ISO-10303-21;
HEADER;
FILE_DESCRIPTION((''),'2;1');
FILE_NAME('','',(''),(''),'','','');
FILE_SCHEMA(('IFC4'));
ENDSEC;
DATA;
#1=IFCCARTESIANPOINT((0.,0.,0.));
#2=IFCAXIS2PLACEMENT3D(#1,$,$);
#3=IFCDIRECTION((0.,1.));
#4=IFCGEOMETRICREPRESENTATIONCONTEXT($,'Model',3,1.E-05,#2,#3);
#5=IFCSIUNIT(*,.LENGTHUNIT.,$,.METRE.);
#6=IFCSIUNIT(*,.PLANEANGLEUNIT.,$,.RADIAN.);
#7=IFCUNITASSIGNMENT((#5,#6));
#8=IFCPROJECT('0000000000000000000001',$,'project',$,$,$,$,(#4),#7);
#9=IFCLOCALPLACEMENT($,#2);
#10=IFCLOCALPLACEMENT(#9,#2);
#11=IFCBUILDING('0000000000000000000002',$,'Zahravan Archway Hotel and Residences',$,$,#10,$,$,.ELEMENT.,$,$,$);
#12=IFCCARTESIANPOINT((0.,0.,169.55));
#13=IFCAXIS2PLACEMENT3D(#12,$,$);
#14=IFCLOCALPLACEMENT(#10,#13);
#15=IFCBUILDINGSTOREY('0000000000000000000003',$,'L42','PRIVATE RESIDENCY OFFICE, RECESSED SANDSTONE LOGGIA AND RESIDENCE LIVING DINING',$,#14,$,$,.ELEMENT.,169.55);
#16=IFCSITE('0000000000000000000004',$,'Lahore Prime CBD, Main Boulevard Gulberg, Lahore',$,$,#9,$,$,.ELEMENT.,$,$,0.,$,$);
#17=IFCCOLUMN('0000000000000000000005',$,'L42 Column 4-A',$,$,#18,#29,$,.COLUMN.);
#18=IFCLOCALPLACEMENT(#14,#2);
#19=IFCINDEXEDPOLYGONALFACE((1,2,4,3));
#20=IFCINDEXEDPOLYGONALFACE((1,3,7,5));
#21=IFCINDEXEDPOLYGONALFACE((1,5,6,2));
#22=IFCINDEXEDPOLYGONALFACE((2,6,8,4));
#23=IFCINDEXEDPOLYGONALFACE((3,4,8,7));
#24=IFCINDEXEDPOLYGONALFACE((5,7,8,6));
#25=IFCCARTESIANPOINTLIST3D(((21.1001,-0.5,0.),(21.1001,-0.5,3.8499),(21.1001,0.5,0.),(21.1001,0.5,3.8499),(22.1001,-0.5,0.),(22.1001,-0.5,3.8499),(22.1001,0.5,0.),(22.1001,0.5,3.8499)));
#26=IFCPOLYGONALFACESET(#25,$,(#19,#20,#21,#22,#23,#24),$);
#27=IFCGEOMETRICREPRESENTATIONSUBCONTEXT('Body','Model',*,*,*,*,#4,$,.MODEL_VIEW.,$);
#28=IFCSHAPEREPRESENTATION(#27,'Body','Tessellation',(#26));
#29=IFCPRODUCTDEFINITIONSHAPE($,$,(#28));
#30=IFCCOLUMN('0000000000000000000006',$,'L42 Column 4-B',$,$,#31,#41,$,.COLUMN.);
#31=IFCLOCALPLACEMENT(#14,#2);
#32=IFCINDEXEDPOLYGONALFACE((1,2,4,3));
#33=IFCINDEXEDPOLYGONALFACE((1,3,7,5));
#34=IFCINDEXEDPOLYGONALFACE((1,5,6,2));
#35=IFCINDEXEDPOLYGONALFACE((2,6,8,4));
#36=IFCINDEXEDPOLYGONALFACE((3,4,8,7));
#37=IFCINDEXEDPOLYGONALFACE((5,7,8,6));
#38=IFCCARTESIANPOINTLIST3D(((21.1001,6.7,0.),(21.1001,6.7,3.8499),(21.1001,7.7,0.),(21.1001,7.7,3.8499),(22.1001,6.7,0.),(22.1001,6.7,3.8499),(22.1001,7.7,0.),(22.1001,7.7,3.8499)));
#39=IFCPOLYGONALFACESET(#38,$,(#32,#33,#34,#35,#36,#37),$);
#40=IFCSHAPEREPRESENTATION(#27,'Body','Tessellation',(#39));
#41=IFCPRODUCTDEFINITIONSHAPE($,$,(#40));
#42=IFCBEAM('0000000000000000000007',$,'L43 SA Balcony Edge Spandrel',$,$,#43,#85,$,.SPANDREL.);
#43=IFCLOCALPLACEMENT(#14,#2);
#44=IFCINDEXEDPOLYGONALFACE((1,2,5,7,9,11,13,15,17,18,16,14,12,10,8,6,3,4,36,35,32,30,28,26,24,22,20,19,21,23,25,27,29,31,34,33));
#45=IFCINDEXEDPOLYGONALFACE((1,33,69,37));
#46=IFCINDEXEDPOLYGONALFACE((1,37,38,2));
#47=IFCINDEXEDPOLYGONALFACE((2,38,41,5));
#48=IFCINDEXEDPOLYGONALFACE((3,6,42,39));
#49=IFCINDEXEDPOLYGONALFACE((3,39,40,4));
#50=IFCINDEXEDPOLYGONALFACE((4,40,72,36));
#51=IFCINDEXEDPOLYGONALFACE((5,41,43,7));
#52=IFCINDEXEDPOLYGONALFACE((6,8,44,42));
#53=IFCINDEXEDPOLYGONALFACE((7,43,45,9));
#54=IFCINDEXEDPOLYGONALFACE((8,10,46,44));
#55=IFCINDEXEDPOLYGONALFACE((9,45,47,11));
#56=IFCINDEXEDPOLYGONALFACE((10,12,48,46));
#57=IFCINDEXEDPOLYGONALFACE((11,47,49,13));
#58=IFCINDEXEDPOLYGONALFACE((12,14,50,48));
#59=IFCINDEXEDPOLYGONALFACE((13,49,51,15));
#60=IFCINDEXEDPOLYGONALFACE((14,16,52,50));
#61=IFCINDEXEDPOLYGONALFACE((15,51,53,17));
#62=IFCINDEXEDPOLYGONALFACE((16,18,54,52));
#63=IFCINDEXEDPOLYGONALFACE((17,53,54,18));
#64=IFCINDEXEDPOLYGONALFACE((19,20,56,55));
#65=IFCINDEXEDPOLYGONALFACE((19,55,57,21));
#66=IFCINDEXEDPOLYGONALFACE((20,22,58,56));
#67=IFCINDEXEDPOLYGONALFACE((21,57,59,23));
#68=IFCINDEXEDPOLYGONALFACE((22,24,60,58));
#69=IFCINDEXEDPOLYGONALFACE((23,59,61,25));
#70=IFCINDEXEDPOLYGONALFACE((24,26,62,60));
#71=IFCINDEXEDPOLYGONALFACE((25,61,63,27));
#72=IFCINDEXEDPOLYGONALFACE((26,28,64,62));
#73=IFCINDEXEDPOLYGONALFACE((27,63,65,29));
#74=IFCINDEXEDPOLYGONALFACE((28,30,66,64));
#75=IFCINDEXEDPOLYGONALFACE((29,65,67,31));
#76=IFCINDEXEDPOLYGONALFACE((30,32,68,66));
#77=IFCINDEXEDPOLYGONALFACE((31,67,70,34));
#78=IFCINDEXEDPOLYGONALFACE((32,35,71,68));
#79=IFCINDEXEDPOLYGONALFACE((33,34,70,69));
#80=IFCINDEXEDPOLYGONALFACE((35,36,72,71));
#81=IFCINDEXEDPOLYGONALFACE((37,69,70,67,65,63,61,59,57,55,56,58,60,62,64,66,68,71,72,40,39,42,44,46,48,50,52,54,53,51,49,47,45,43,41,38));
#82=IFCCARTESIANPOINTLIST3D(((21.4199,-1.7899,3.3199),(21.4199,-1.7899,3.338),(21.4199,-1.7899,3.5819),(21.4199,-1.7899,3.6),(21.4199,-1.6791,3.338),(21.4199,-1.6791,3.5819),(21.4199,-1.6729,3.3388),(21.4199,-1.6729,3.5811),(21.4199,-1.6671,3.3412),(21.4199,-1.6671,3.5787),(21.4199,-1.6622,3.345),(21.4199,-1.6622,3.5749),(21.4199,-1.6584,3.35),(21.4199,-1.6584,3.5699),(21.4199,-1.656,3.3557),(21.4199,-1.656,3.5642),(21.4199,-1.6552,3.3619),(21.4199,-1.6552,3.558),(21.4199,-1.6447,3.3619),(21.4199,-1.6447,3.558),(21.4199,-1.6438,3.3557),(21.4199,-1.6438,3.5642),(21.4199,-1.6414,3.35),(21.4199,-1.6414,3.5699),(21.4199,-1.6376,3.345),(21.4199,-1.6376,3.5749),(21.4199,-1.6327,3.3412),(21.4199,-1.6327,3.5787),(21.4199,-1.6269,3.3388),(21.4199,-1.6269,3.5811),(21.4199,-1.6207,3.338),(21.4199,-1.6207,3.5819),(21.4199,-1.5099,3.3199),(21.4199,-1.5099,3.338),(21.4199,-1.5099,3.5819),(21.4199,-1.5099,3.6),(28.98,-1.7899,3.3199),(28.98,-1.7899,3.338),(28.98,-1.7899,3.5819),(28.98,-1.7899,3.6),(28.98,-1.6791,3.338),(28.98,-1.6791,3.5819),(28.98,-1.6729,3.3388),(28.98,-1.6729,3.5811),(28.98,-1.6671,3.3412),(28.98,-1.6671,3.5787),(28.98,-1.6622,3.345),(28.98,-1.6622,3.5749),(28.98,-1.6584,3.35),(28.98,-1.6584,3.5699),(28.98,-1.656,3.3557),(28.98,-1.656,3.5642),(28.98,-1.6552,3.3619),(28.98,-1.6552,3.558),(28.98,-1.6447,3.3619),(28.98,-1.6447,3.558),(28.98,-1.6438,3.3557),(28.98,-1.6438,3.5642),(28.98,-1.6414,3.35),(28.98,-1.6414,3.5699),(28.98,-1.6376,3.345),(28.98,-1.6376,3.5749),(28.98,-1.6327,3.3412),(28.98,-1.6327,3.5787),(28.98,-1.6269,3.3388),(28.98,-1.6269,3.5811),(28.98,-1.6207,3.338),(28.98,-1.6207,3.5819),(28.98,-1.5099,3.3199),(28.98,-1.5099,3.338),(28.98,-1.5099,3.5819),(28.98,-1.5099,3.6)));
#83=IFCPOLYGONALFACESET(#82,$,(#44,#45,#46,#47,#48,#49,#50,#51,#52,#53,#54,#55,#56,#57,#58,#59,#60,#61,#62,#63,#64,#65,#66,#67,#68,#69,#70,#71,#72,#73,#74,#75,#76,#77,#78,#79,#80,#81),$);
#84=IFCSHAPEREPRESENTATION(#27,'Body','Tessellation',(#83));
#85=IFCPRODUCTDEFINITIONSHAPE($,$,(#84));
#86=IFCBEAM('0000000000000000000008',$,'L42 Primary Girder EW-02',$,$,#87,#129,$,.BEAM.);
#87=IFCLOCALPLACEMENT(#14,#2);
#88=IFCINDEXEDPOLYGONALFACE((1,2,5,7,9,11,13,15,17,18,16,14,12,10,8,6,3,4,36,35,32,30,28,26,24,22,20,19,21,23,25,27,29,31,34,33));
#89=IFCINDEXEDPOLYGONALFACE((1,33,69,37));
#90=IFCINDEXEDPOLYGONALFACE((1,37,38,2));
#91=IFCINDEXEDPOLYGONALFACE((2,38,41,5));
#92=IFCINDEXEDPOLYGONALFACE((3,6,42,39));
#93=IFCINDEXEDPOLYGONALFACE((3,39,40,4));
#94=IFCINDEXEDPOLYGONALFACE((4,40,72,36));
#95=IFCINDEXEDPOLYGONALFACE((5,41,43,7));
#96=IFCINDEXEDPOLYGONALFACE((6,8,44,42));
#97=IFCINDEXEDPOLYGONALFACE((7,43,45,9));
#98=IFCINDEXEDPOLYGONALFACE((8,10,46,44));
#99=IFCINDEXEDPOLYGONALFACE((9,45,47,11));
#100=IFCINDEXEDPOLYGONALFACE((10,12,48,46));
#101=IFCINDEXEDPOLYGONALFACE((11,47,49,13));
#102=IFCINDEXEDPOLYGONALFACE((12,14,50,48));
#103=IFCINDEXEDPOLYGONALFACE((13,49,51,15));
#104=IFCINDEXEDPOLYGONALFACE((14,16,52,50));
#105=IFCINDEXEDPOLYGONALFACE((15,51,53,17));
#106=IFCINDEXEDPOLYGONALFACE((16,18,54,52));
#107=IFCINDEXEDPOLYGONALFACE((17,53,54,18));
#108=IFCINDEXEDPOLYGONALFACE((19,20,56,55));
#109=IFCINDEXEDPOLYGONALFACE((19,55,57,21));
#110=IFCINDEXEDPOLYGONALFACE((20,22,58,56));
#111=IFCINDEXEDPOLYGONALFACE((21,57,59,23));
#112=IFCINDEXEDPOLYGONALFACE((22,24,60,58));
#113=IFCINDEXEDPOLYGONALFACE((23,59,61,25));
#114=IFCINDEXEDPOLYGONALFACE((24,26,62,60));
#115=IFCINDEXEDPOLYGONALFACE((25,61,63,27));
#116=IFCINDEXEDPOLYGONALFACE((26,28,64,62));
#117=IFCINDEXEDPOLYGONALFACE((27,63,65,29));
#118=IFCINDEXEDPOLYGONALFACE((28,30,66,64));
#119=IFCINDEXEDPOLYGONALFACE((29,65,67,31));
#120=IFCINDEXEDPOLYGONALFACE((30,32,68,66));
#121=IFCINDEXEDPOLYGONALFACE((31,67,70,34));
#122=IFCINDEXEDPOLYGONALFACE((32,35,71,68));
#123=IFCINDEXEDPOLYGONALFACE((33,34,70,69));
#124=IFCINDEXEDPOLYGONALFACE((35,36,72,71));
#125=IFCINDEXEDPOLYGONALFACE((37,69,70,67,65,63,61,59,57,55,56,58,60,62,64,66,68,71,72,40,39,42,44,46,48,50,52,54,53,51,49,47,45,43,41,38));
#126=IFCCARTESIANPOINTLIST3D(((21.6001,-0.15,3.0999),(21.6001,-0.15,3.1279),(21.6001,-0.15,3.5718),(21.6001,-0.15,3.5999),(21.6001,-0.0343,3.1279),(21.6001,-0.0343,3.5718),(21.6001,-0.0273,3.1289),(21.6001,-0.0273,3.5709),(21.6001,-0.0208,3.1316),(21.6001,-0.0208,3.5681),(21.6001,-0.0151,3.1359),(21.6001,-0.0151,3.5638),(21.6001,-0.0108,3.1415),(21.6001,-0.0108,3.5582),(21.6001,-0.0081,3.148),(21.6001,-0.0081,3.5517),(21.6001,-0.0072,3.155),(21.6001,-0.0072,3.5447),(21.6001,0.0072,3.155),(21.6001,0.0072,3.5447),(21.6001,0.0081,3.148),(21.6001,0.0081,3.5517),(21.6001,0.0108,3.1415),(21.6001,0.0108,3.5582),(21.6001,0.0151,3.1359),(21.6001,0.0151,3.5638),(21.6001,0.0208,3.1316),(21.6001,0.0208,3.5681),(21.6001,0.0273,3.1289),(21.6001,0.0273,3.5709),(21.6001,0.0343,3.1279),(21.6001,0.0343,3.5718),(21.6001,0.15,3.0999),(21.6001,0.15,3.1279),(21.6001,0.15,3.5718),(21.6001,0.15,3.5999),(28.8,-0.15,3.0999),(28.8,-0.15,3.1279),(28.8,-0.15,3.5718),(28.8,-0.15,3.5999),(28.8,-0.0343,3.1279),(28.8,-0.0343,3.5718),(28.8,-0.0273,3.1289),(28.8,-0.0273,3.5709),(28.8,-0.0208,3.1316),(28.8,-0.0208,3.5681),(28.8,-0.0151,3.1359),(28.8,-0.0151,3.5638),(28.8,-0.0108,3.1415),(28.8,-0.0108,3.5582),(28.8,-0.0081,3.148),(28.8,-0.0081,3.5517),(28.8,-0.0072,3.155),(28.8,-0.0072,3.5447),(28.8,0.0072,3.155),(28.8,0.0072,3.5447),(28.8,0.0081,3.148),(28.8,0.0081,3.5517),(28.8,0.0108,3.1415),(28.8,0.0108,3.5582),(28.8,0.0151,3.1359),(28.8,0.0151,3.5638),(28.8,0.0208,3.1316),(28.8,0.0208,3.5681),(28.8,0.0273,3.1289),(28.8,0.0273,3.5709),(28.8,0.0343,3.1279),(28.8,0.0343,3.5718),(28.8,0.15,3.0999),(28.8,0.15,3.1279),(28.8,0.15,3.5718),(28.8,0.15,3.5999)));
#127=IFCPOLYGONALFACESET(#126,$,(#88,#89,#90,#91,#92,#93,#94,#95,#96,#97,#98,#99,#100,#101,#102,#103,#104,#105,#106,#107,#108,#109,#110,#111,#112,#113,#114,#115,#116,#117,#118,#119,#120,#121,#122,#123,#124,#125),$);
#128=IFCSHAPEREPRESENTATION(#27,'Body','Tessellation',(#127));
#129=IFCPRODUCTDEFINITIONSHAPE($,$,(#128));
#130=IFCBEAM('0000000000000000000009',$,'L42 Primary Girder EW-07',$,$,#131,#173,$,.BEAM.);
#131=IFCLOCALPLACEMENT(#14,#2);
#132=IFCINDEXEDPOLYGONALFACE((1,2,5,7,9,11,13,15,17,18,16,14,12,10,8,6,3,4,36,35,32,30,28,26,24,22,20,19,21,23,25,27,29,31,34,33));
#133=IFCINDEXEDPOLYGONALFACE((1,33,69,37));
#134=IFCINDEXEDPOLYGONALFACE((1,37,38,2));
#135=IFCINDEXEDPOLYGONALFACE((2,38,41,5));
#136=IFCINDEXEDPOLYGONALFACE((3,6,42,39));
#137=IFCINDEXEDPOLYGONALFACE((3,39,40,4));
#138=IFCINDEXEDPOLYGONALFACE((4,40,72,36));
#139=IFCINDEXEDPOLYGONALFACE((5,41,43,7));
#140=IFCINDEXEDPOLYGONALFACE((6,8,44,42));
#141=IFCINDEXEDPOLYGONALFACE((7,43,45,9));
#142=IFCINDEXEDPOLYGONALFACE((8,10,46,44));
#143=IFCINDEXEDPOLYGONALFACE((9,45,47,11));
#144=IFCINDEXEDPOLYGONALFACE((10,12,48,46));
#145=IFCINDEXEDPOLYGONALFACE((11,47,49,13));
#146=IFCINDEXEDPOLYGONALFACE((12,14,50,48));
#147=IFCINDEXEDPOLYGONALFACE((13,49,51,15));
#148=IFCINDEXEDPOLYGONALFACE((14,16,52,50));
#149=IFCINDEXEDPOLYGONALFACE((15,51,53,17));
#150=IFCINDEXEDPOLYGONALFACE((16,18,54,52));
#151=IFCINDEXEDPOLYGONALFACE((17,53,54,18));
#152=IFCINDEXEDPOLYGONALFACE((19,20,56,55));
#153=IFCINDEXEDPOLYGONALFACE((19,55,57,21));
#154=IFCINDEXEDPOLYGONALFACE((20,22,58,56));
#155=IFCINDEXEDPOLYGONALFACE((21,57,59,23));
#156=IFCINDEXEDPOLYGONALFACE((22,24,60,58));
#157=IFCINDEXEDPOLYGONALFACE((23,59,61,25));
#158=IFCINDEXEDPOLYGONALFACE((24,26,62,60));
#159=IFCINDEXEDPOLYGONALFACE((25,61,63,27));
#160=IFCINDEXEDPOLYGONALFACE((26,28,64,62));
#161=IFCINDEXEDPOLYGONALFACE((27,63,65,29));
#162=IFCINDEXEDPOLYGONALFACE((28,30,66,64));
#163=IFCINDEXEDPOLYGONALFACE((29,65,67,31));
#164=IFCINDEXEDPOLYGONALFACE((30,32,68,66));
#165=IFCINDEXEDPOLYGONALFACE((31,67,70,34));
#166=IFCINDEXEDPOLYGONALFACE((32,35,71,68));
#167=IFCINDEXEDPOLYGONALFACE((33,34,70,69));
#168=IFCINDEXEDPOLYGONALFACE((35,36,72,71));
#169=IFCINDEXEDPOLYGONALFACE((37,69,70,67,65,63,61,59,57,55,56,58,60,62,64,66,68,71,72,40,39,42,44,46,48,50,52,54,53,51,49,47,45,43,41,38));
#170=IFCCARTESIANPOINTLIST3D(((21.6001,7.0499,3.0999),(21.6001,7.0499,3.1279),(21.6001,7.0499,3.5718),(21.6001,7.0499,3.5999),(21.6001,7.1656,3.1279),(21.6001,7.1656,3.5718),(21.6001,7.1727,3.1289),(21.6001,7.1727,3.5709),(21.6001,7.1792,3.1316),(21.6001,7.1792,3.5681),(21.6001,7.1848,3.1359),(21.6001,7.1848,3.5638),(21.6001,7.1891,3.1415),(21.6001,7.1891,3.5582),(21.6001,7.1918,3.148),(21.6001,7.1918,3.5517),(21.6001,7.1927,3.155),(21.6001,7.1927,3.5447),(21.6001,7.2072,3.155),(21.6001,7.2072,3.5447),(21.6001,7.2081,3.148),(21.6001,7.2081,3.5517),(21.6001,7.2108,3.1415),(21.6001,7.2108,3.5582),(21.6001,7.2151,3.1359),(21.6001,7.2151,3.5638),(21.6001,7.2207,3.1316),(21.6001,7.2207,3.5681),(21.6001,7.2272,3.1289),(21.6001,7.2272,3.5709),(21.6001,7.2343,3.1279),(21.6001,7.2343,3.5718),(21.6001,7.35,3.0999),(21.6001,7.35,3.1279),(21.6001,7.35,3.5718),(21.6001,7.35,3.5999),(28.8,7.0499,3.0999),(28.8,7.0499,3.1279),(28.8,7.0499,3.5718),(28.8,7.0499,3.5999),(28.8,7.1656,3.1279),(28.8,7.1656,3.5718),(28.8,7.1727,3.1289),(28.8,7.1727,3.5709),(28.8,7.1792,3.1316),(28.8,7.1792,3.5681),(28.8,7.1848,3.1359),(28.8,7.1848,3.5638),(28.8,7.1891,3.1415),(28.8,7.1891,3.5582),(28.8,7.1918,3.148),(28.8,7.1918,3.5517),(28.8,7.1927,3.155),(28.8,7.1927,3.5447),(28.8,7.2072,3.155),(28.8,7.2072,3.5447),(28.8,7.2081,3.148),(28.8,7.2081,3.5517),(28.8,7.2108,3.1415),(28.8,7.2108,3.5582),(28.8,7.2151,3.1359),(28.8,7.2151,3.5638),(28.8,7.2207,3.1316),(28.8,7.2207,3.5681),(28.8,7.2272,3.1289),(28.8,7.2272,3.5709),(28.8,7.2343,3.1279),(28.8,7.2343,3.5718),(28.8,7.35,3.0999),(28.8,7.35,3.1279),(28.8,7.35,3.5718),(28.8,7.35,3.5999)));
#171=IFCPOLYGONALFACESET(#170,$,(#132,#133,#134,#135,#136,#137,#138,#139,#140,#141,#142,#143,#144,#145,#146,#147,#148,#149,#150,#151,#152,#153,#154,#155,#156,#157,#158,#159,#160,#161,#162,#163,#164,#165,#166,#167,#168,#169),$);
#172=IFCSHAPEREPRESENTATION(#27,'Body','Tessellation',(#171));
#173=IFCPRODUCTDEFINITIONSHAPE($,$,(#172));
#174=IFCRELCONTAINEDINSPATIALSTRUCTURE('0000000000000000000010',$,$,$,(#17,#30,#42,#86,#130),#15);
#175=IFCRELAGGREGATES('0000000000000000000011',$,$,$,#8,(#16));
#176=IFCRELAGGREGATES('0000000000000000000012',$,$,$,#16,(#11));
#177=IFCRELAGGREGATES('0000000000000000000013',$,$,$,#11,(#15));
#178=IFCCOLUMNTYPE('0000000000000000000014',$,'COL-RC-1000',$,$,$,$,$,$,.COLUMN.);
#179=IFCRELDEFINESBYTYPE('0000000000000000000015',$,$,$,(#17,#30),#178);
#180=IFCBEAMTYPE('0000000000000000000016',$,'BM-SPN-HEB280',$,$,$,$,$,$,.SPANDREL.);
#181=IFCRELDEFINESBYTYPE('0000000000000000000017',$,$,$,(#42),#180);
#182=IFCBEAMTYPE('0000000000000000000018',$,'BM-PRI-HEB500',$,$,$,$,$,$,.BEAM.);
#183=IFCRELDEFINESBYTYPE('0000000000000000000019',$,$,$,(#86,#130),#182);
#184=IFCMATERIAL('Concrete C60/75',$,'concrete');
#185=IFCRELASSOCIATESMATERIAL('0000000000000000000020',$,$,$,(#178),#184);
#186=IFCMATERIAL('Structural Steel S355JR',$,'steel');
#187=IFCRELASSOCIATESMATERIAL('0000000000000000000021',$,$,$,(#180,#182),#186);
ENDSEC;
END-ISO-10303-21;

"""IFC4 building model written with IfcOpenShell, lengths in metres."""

from ifc_helpers import new_model, si_unit, direction, frame, origin, origin_2d, place, context, subcontext, project, spatial, rectangle, i_section, extrude, source, transform, mapped, material, material_profile, profile_set, type_object, type_shapes, element, save


model = new_model("IFC4")

# Units and contexts
model_context = context("Model", 3, precision=1e-05, world=origin(), true_north=direction((0.0, 1.0)))
body_context = subcontext(model_context, "Body", "Model", "MODEL_VIEW")
ifc_project = project(units=[si_unit("LENGTHUNIT", "METRE"), si_unit("PLANEANGLEUNIT", "RADIAN")], contexts=[model_context])

# Site, building, storey
site_placement = place(None, origin())
site = spatial("IfcSite", under=ifc_project, at=site_placement, Name="Lahore Prime CBD, Main Boulevard Gulberg, Lahore", CompositionType="ELEMENT", RefElevation=0.0)
building_placement = place(site_placement, origin())
building = spatial("IfcBuilding", under=site, at=building_placement, Name="Zahravan Archway Hotel and Residences", CompositionType="ELEMENT")
storey_placement = place(building_placement, frame((0.0, 0.0, 169.55)))
storey = spatial("IfcBuildingStorey", under=building, at=storey_placement, Name="L42", Description="PRIVATE RESIDENCY OFFICE, RECESSED SANDSTONE LOGGIA AND RESIDENCE LIVING DINING", CompositionType="ELEMENT", Elevation=169.55)

# Columns
ifc_material_1 = material(Name="Concrete C60/75", Category="concrete")
ifc_material_profile_1 = material_profile(ifc_material_1, rectangle(XDim=1.0, YDim=1.0, at=origin_2d()), Name="RC-COL-1000x1000", Category="concrete")
ifc_profile_set_1 = profile_set([ifc_material_profile_1], Name="Concrete C60/75")
column_type = type_object("IfcColumnType", Name="COL-RC-1000", PredefinedType="COLUMN", material=ifc_profile_set_1)
shared_shape_1 = source(origin(), body_context, "Body", "SweptSolid", [
    extrude(rectangle(XDim=1.0, YDim=1.0, at=origin_2d()), origin(), (0.0, 0.0, 1.0), 3.8499),
])
for number, where, z_axis, x_axis, name in (
    (1, (21.6001, 0.0, 0.0), (0.0, 0.0, 1.0), (1.0, 0.0, 0.0), "L42 Column 4-A"),
    (2, (21.6001, 7.2, 0.0), (0.0, 0.0, 1.0), (1.0, 0.0, 0.0), "L42 Column 4-B"),
):
    element("IfcColumn", number, at=place(storey_placement, frame(where, z_axis=z_axis, x_axis=x_axis)), inside=storey, type_object=column_type, Name=name, PredefinedType="COLUMN", context=body_context, shape_type="MappedRepresentation", body=[
        mapped(shared_shape_1, transform((0.0, 0.0, 0.0), scale=1.0)),
    ])

# Beams
ifc_material_2 = material(Name="Structural Steel S355JR", Category="steel")
ifc_material_profile_2 = material_profile(ifc_material_2, i_section(OverallWidth=0.28, OverallDepth=0.28, WebThickness=0.0105, FlangeThickness=0.0181, FilletRadius=0.0239, at=origin_2d()), Name="HEB 280", Category="steel")
ifc_profile_set_2 = profile_set([ifc_material_profile_2], Name="Structural Steel S355JR")
beam_type_1 = type_object("IfcBeamType", Name="BM-SPN-HEB280", PredefinedType="SPANDREL", material=ifc_profile_set_2)
shared_shape_2 = source(origin(), body_context, "Body", "SweptSolid", [
    extrude(i_section(OverallWidth=0.28, OverallDepth=0.28, WebThickness=0.0105, FlangeThickness=0.0181, FilletRadius=0.0239, at=origin_2d()), origin(), (0.0, 0.0, 1.0), 7.5601),
])
type_shapes(beam_type_1, [shared_shape_2])
beam_1_placement = place(storey_placement, frame((21.4199, -1.6499, 3.46), z_axis=(1.0, 0.0, 0.0), x_axis=(0.0, 1.0, 0.0)))
element("IfcBeam", 3, at=beam_1_placement, inside=storey, type_object=beam_type_1, Name="L43 SA Balcony Edge Spandrel", PredefinedType="SPANDREL", context=body_context, shape_type="MappedRepresentation", body=[
    mapped(shared_shape_2, transform((0.0, 0.0, 0.0), scale=1.0)),
])
ifc_material_profile_3 = material_profile(ifc_material_2, i_section(OverallWidth=0.3, OverallDepth=0.5, WebThickness=0.0144, FlangeThickness=0.0281, FilletRadius=0.0271, at=origin_2d()), Name="HEB 500", Category="steel")
ifc_profile_set_3 = profile_set([ifc_material_profile_3], Name="Structural Steel S355JR")
beam_type_2 = type_object("IfcBeamType", Name="BM-PRI-HEB500", PredefinedType="BEAM", material=ifc_profile_set_3)
shared_shape_3 = source(origin(), body_context, "Body", "SweptSolid", [
    extrude(i_section(OverallWidth=0.3, OverallDepth=0.5, WebThickness=0.0144, FlangeThickness=0.0281, FilletRadius=0.0271, at=origin_2d()), origin(), (0.0, 0.0, 1.0), 7.2),
])
for number, where, z_axis, x_axis, name in (
    (4, (21.6001, 0.0, 3.3499), (1.0, 0.0, 0.0), (0.0, 1.0, 0.0), "L42 Primary Girder EW-02"),
    (5, (21.6001, 7.2, 3.3499), (1.0, 0.0, 0.0), (0.0, 1.0, 0.0), "L42 Primary Girder EW-07"),
):
    element("IfcBeam", number, at=place(storey_placement, frame(where, z_axis=z_axis, x_axis=x_axis)), inside=storey, type_object=beam_type_2, Name=name, PredefinedType="BEAM", context=body_context, shape_type="MappedRepresentation", body=[
        mapped(shared_shape_3, transform((0.0, 0.0, 0.0), scale=1.0)),
    ])

save(model, "model.ifc")
